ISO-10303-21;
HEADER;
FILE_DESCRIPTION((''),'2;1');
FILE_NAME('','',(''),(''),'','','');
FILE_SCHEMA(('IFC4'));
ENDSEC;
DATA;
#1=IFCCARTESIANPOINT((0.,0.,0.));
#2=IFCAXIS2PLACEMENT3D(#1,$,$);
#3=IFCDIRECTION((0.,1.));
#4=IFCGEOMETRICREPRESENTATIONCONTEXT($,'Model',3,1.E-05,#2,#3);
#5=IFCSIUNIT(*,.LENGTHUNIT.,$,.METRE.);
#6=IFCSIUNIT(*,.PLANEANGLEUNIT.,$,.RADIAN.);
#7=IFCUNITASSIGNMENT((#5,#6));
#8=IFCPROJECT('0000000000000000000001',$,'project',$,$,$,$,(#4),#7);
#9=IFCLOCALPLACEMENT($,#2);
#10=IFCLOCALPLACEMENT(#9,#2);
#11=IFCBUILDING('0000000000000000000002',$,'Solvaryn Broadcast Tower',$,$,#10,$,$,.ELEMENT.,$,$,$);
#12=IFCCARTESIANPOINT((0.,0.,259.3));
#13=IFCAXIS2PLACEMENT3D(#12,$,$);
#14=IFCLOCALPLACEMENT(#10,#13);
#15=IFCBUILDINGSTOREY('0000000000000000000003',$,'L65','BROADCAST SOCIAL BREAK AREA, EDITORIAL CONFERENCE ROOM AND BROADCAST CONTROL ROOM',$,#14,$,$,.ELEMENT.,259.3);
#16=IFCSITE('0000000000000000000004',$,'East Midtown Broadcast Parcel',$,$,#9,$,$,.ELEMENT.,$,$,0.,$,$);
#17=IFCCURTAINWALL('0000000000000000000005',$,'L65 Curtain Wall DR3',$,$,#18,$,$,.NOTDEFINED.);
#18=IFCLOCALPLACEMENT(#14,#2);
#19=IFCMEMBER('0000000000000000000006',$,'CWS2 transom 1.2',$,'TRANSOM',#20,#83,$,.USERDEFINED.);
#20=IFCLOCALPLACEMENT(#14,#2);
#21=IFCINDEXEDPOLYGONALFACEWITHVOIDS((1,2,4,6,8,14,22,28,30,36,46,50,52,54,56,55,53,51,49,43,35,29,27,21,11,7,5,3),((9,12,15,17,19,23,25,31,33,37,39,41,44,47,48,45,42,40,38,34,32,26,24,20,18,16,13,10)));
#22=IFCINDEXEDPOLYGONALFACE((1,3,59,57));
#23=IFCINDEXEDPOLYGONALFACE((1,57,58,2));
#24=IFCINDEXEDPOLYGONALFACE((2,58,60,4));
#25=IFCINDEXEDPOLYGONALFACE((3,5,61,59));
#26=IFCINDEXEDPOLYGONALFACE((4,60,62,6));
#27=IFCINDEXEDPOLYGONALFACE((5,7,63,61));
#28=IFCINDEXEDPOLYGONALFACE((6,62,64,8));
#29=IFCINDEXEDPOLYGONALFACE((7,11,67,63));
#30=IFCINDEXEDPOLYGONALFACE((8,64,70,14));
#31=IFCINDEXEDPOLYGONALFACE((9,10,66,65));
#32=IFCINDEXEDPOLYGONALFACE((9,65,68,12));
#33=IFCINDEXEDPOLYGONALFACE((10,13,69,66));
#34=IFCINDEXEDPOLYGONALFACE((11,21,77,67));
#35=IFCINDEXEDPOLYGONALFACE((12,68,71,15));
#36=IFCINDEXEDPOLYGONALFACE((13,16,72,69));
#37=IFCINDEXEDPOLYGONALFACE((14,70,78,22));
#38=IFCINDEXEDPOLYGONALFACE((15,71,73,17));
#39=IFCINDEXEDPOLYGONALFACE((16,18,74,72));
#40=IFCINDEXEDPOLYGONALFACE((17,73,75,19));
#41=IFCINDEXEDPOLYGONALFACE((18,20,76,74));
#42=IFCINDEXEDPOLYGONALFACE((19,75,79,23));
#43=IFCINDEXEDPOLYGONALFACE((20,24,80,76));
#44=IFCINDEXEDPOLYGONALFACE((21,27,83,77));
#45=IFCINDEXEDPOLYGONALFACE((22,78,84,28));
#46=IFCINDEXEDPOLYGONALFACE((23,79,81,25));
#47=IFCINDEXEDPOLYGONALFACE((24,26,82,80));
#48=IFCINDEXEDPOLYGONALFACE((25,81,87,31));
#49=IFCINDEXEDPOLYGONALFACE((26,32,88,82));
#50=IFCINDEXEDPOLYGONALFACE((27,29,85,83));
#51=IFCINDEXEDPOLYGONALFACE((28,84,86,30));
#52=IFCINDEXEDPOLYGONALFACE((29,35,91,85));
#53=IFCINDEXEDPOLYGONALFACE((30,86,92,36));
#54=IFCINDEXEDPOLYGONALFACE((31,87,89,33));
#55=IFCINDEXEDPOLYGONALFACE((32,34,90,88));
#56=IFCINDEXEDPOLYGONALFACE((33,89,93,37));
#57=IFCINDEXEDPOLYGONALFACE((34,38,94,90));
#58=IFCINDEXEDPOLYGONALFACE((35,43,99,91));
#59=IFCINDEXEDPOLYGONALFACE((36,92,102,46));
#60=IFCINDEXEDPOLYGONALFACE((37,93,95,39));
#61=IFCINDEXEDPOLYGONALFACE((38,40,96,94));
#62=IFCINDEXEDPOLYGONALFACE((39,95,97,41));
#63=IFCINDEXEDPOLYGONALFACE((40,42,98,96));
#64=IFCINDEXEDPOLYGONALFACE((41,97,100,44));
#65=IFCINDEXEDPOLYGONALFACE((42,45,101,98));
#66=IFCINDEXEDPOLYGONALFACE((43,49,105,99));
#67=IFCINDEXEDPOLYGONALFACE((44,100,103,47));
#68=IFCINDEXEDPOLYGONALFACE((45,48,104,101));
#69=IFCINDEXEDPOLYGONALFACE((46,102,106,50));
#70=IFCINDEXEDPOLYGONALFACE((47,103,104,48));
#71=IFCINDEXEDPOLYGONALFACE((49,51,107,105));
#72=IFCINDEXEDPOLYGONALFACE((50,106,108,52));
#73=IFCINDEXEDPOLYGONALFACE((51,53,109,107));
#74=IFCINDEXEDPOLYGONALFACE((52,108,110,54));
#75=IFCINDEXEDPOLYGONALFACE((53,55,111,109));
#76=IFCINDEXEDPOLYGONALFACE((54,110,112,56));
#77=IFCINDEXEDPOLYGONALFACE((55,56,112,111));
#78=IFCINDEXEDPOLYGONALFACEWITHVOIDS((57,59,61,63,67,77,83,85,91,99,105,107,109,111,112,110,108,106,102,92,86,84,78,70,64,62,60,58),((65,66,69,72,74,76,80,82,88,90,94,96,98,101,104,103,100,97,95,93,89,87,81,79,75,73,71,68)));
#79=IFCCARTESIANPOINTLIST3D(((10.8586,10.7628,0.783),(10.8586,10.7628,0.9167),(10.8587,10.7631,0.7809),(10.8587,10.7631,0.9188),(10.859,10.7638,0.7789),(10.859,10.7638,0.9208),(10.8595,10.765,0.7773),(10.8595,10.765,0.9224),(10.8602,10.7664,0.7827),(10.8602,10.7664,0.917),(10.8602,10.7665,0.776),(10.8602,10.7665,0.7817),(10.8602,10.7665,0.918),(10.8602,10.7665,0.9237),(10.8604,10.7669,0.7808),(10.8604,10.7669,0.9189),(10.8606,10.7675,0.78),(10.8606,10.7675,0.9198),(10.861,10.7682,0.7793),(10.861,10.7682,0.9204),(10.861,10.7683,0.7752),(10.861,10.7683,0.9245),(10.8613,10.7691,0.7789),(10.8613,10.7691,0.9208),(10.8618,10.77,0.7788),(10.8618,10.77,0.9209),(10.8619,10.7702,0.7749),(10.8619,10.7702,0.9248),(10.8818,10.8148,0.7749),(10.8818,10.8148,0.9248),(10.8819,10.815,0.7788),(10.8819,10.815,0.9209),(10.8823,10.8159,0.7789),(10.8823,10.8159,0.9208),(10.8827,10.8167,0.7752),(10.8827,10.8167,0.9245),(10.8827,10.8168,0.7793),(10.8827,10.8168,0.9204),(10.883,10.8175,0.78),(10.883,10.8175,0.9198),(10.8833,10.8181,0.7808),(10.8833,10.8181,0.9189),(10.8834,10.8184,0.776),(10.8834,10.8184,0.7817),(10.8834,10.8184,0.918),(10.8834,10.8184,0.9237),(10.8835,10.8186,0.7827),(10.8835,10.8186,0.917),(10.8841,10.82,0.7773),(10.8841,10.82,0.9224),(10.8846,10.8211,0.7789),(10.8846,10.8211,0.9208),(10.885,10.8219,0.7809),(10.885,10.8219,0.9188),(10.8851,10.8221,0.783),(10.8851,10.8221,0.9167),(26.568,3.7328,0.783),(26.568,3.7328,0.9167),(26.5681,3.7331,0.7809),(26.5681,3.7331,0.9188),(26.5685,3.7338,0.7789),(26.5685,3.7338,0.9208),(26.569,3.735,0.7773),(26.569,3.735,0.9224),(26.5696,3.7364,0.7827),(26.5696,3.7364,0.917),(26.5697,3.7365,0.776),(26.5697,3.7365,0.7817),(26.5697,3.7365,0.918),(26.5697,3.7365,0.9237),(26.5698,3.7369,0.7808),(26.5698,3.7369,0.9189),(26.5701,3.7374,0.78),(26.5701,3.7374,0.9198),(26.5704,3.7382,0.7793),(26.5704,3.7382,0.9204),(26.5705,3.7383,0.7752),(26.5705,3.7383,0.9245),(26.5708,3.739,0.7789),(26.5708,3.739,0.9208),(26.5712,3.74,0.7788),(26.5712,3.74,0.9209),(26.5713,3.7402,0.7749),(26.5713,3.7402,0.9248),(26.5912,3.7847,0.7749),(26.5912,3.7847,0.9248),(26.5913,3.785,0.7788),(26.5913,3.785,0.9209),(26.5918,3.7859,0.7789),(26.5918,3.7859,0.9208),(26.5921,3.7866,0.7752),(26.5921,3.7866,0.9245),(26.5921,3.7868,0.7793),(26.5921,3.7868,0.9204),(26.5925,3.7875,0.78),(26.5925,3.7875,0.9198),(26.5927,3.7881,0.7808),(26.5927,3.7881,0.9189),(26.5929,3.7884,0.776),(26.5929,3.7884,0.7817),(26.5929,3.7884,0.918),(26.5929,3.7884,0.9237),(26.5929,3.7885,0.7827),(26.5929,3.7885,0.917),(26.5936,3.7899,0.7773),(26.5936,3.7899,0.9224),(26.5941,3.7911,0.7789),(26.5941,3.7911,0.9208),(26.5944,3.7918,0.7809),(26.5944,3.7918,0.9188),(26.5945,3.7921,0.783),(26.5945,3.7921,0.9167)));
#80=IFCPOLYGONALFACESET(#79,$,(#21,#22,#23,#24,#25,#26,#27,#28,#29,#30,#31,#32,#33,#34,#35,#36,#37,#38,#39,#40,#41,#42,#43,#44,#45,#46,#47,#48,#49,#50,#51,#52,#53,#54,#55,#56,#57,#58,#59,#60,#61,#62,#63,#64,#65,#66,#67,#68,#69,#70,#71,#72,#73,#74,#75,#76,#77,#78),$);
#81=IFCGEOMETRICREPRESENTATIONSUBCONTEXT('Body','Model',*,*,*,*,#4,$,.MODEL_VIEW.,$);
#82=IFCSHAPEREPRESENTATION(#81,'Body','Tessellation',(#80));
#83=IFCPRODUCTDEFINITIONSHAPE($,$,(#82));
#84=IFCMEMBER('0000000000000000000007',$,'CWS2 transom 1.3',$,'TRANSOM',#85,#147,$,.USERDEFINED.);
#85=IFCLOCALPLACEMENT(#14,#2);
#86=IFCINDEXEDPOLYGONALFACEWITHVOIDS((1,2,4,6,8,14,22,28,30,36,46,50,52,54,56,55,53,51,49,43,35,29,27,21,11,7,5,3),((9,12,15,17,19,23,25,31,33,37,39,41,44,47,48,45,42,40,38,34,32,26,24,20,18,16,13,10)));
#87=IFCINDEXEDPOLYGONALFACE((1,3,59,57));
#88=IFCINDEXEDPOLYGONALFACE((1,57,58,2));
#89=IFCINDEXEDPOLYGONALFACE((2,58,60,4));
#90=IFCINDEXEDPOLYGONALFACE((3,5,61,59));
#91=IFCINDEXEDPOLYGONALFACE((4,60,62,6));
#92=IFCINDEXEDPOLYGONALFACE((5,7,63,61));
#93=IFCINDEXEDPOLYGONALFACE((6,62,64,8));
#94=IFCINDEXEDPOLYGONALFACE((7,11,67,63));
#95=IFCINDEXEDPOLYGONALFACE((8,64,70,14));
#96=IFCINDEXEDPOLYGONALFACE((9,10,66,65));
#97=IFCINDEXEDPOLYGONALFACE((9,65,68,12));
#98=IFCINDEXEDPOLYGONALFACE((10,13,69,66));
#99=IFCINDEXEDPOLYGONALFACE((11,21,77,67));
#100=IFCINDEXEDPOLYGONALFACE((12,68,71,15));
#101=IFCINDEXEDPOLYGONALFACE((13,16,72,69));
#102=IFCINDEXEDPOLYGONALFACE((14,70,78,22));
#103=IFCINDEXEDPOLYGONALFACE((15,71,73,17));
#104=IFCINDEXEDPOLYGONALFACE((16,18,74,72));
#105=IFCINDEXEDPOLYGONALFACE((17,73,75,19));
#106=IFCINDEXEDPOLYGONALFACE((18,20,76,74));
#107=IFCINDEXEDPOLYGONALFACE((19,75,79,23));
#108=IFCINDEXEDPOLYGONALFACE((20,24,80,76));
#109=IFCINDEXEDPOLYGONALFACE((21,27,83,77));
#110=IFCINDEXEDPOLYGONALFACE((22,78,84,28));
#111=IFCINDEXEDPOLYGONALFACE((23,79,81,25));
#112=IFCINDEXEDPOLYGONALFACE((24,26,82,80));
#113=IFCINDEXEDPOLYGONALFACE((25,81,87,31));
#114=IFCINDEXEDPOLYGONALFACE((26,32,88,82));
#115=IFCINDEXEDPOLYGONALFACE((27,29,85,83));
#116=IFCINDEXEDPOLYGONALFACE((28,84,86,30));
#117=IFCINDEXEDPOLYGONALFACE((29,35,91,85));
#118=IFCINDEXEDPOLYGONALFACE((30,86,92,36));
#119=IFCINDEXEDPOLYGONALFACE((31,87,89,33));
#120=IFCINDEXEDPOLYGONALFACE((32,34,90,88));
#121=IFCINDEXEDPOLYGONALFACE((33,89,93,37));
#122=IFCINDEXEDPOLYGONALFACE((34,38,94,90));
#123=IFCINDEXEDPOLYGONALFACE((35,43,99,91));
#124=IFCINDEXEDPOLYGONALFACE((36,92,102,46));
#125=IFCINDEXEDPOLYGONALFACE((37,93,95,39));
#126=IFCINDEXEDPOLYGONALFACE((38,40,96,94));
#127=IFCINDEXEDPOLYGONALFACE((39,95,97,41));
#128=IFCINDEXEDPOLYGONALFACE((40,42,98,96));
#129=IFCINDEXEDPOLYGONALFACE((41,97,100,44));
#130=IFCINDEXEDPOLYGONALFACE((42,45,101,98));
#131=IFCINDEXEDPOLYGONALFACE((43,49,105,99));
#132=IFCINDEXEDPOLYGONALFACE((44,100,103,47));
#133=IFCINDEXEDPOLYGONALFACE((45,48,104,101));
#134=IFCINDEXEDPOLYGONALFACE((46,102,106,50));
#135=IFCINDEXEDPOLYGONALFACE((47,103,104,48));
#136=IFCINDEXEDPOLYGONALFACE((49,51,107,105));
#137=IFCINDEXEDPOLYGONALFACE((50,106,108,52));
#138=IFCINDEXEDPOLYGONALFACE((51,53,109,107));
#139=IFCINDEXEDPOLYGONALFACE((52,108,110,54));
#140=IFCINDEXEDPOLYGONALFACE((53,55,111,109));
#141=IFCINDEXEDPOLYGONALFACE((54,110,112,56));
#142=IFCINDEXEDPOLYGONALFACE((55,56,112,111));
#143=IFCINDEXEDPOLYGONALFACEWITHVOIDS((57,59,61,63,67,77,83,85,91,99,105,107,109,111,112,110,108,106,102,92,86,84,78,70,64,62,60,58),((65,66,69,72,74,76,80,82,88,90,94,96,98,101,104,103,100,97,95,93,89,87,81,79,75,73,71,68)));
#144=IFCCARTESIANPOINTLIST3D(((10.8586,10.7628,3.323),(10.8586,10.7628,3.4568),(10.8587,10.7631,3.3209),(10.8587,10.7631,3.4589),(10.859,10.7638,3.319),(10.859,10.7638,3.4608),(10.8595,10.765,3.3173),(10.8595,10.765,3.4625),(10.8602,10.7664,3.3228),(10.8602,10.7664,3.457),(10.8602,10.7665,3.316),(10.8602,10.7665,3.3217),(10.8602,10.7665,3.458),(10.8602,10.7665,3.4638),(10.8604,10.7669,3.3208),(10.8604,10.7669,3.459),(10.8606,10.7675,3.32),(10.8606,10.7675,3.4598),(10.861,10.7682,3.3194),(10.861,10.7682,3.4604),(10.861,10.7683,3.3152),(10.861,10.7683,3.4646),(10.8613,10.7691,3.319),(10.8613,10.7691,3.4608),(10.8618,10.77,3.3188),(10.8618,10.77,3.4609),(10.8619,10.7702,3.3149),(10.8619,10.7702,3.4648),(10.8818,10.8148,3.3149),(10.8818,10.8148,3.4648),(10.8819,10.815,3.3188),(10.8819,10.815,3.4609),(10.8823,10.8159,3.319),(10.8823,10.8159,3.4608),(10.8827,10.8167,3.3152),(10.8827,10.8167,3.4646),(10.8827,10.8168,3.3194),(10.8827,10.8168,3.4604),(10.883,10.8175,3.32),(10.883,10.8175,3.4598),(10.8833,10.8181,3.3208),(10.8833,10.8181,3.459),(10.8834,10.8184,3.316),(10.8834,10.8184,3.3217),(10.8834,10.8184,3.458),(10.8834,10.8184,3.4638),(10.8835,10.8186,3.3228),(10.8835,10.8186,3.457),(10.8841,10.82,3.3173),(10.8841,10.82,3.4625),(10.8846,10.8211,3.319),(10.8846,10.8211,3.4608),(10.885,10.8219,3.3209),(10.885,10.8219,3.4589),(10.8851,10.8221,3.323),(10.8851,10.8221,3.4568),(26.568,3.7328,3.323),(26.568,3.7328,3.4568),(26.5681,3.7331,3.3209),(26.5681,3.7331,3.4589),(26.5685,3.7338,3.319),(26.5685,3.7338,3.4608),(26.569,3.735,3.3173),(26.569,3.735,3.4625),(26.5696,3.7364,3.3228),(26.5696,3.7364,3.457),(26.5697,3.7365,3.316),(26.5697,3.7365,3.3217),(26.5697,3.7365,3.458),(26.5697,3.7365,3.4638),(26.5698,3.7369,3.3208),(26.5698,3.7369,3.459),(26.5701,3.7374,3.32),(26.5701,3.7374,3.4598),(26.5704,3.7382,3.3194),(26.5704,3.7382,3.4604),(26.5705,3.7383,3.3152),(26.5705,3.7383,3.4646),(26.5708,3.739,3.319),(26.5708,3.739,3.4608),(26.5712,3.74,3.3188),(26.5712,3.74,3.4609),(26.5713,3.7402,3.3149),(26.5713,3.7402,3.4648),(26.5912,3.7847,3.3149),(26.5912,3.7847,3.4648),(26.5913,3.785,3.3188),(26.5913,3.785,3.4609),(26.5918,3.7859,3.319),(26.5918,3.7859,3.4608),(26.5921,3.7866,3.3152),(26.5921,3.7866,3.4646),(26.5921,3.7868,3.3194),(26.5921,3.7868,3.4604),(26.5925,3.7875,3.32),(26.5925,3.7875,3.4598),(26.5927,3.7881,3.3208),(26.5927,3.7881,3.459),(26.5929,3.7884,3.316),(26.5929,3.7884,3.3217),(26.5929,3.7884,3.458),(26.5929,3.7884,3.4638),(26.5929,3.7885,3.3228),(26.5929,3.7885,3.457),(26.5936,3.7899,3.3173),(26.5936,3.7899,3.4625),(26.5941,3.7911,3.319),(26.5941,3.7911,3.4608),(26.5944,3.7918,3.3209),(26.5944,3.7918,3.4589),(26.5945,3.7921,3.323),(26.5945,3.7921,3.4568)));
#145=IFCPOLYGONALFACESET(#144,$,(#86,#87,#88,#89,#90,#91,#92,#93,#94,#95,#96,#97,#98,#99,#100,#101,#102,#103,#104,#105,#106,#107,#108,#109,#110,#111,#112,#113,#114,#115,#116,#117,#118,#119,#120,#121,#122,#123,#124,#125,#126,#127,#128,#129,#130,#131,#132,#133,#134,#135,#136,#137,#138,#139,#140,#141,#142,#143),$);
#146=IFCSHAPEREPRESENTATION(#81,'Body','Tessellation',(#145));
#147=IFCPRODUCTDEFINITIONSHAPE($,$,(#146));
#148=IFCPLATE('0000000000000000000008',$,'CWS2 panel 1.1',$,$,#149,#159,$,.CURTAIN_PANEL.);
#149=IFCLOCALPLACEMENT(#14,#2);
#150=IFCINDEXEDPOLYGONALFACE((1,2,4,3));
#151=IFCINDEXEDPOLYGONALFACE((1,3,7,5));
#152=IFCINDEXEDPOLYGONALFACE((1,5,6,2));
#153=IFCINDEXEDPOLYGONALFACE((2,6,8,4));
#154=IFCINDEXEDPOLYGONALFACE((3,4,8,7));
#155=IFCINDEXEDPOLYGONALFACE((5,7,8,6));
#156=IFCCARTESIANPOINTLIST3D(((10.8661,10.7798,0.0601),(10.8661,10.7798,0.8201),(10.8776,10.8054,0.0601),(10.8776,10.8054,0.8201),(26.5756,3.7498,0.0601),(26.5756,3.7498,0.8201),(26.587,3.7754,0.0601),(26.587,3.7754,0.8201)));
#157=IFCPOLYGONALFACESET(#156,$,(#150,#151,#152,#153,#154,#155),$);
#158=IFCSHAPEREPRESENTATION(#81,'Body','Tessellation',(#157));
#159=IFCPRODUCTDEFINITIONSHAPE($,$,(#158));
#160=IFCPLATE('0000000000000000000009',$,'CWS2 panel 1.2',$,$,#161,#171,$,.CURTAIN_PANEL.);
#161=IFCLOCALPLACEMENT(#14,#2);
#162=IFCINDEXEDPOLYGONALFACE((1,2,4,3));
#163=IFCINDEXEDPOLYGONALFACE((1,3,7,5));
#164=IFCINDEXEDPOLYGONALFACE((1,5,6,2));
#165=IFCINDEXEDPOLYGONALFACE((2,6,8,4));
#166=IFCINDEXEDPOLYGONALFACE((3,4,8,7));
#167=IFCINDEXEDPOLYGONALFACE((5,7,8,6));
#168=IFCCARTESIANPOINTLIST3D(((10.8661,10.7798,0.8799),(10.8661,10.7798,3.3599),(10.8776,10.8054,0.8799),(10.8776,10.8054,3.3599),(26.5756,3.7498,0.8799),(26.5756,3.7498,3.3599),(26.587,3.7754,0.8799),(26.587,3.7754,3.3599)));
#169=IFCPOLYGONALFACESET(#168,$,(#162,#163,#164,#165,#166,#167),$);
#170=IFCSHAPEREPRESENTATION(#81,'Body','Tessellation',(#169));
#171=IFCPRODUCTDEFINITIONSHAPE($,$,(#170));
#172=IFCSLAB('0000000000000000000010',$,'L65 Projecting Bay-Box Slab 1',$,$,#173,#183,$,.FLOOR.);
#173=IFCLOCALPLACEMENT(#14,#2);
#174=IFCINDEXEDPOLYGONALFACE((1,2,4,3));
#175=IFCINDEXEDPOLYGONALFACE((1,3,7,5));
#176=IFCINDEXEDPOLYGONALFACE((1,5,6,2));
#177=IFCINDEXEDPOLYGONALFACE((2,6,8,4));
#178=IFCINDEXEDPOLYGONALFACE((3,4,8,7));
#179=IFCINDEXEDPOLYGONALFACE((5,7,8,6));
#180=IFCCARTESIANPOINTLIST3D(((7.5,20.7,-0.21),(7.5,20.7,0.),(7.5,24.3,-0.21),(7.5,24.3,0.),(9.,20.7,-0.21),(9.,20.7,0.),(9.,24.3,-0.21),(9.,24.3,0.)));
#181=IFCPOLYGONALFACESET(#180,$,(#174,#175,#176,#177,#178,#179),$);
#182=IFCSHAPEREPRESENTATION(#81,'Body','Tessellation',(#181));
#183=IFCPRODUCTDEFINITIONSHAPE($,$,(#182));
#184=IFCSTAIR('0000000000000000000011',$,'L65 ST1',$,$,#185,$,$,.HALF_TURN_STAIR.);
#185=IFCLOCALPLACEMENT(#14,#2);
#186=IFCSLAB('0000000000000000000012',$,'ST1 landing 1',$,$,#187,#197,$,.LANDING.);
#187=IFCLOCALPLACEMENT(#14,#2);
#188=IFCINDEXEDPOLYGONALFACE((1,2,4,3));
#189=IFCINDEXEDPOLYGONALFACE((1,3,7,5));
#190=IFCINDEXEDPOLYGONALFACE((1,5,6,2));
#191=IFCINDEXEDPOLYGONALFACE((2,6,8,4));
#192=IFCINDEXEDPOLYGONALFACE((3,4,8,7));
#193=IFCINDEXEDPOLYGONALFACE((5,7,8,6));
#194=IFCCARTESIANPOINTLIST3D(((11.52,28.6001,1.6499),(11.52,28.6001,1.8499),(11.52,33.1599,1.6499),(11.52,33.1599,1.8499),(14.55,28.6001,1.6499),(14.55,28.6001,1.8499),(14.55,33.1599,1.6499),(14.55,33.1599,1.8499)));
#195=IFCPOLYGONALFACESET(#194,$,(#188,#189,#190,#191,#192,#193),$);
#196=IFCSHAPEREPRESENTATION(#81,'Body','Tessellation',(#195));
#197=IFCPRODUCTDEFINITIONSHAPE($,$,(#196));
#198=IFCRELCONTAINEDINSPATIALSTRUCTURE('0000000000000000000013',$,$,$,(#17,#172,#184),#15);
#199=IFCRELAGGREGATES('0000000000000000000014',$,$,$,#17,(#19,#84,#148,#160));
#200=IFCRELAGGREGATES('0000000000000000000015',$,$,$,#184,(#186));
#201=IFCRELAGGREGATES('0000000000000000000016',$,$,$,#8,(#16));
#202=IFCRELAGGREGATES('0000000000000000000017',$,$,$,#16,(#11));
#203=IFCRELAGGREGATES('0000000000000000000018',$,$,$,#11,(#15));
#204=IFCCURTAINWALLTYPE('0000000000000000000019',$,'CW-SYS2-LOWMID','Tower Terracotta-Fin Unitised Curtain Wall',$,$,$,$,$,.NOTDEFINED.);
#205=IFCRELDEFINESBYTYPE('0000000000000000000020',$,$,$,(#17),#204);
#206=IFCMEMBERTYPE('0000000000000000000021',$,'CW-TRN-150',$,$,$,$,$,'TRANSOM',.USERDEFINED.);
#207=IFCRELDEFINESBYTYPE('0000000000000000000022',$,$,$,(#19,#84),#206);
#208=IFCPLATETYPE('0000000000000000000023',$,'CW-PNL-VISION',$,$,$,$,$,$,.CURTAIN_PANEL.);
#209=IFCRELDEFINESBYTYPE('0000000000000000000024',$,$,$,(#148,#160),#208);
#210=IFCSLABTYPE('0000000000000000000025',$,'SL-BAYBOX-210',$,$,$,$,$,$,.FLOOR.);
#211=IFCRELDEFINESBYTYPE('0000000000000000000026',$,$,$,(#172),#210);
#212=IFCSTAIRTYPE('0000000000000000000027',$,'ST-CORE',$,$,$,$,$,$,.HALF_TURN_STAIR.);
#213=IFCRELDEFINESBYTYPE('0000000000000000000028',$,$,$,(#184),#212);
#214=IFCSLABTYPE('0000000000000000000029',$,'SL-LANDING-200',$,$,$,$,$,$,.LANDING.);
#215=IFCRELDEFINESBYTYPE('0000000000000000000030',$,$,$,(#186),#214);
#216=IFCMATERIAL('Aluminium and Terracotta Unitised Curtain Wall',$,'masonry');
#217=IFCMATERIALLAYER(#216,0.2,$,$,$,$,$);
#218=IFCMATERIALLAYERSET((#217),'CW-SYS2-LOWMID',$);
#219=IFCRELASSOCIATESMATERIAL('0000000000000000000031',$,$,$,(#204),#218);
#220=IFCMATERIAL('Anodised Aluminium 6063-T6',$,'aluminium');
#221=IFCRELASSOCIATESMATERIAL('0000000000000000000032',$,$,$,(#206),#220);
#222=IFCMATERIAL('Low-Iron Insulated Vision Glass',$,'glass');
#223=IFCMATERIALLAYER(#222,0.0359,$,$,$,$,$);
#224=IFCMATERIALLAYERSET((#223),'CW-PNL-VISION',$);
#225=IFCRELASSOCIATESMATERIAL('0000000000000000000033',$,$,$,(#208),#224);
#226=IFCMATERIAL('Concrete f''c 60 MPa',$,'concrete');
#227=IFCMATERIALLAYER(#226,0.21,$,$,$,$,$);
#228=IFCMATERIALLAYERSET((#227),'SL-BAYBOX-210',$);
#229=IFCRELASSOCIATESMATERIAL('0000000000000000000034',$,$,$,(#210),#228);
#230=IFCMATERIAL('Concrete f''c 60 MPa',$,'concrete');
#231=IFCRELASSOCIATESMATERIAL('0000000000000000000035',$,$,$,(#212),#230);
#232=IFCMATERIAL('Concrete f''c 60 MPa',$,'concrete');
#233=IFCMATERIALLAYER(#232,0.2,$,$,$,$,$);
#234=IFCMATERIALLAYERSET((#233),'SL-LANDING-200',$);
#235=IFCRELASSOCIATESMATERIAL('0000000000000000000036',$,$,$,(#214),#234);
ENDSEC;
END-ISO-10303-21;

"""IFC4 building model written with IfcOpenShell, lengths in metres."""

from ifc_helpers import new_model, si_unit, direction, frame, origin, origin_2d, place, context, subcontext, project, spatial, polyline, rectangle, hollow_rectangle, outline, extrude, material, layer, layer_set, material_profile, profile_set, type_object, element, aggregate, save


model = new_model("IFC4")

# Units and contexts
model_context = context("Model", 3, precision=1e-05, world=origin(), true_north=direction((0.0, 1.0)))
body_context = subcontext(model_context, "Body", "Model", "MODEL_VIEW")
ifc_project = project(units=[si_unit("LENGTHUNIT", "METRE"), si_unit("PLANEANGLEUNIT", "RADIAN")], contexts=[model_context])

# Site, building, storey
site_placement = place(None, origin())
site = spatial("IfcSite", under=ifc_project, at=site_placement, Name="East Midtown Broadcast Parcel", CompositionType="ELEMENT", RefElevation=0.0)
building_placement = place(site_placement, origin())
building = spatial("IfcBuilding", under=site, at=building_placement, Name="Solvaryn Broadcast Tower", CompositionType="ELEMENT")
storey_placement = place(building_placement, frame((0.0, 0.0, 259.3)))
storey = spatial("IfcBuildingStorey", under=building, at=storey_placement, Name="L65", Description="BROADCAST SOCIAL BREAK AREA, EDITORIAL CONFERENCE ROOM AND BROADCAST CONTROL ROOM", CompositionType="ELEMENT", Elevation=259.3)

# Shared definitions
ifc_material_1 = material(Name="Aluminium and Terracotta Unitised Curtain Wall", Category="masonry")
ifc_layer_1 = layer(ifc_material_1, 0.2)
ifc_layer_set_1 = layer_set([ifc_layer_1], Name="CW-SYS2-LOWMID")
curtain_wall_type = type_object("IfcCurtainWallType", Name="CW-SYS2-LOWMID", Description="Tower Terracotta-Fin Unitised Curtain Wall", PredefinedType="NOTDEFINED", material=ifc_layer_set_1)

# Curtain wall, members, plates
curtain_wall_1_placement = place(storey_placement, origin())
curtain_wall_1 = element("IfcCurtainWall", 1, at=curtain_wall_1_placement, inside=storey, type_object=curtain_wall_type, Name="L65 Curtain Wall DR3", PredefinedType="NOTDEFINED")
ifc_material_2 = material(Name="Anodised Aluminium 6063-T6", Category="aluminium")
ifc_material_profile_1 = material_profile(ifc_material_2, hollow_rectangle(XDim=0.0649, YDim=0.1499, WallThickness=0.0039, InnerFilletRadius=0.0039, OuterFilletRadius=0.0081, at=origin_2d()))
ifc_profile_set_1 = profile_set([ifc_material_profile_1], Name="Anodised Aluminium 6063-T6")
member_type_1 = type_object("IfcMemberType", Name="CW-TRN-150", ElementType="TRANSOM", PredefinedType="USERDEFINED", material=ifc_profile_set_1)
member_1_placement = place(storey_placement, frame((10.8718, 10.7925, 0.8499), z_axis=(0.912773, -0.408468, 0.0), x_axis=(0.408468, 0.912773, 0.0)))
member_1 = element("IfcMember", 2, at=member_1_placement, type_object=member_type_1, Name="CWS2 transom 1.2", ObjectType="TRANSOM", PredefinedType="USERDEFINED", context=body_context, shape_type="SweptSolid", body=[
    extrude(hollow_rectangle(XDim=0.0649, YDim=0.1499, WallThickness=0.0039, InnerFilletRadius=0.0039, OuterFilletRadius=0.0081, at=origin_2d()), origin(), (0.0, 0.0, 1.0), 17.2107),
])
member_2_placement = place(storey_placement, frame((10.8718, 10.7925, 3.3899), z_axis=(0.912773, -0.408468, 0.0), x_axis=(0.408468, 0.912773, 0.0)))
member_2 = element("IfcMember", 3, at=member_2_placement, type_object=member_type_1, Name="CWS2 transom 1.3", ObjectType="TRANSOM", PredefinedType="USERDEFINED", context=body_context, shape_type="SweptSolid", body=[
    extrude(hollow_rectangle(XDim=0.0649, YDim=0.1499, WallThickness=0.0039, InnerFilletRadius=0.0039, OuterFilletRadius=0.0081, at=origin_2d()), origin(), (0.0, 0.0, 1.0), 17.2107),
])
ifc_material_3 = material(Name="Low-Iron Insulated Vision Glass", Category="glass")
ifc_layer_2 = layer(ifc_material_3, 0.0359)
ifc_layer_set_2 = layer_set([ifc_layer_2], Name="CW-PNL-VISION")
plate_type = type_object("IfcPlateType", Name="CW-PNL-VISION", PredefinedType="CURTAIN_PANEL", material=ifc_layer_set_2)
plate_1_placement = place(storey_placement, frame((18.7266, 7.2776, 0.0601), z_axis=(0.0, 0.0, 1.0), x_axis=(0.912774, -0.408466, 0.0)))
plate_1 = element("IfcPlate", 4, at=plate_1_placement, type_object=plate_type, Name="CWS2 panel 1.1", PredefinedType="CURTAIN_PANEL", context=body_context, shape_type="SweptSolid", body=[
    extrude(rectangle(XDim=17.2107, YDim=0.0281, at=origin_2d()), origin(), (0.0, 0.0, 1.0), 0.76),
])
plate_2_placement = place(storey_placement, frame((18.7266, 7.2776, 0.8799), z_axis=(0.0, 0.0, 1.0), x_axis=(0.912774, -0.408466, 0.0)))
plate_2 = element("IfcPlate", 5, at=plate_2_placement, type_object=plate_type, Name="CWS2 panel 1.2", PredefinedType="CURTAIN_PANEL", context=body_context, shape_type="SweptSolid", body=[
    extrude(rectangle(XDim=17.2107, YDim=0.0281, at=origin_2d()), origin(), (0.0, 0.0, 1.0), 2.48),
])
aggregate(curtain_wall_1, [member_1, member_2, plate_1, plate_2])

# Slab
ifc_material_4 = material(Name="Concrete f'c 60 MPa", Category="concrete")
ifc_layer_3 = layer(ifc_material_4, 0.21)
ifc_layer_set_3 = layer_set([ifc_layer_3], Name="SL-BAYBOX-210")
slab_type_1 = type_object("IfcSlabType", Name="SL-BAYBOX-210", PredefinedType="FLOOR", material=ifc_layer_set_3)
slab_1_placement = place(storey_placement, frame((0.0, 0.0, -0.21)))
element("IfcSlab", 6, at=slab_1_placement, inside=storey, type_object=slab_type_1, Name="L65 Projecting Bay-Box Slab 1", PredefinedType="FLOOR", context=body_context, shape_type="SweptSolid", body=[
    extrude(outline(polyline([(7.5, 20.7), (9.0, 20.7), (9.0, 24.3), (7.5, 24.3), (7.5, 20.7)])), origin(), (0.0, 0.0, 1.0), 0.21),
])

# Stair, slab
ifc_material_5 = material(Name="Concrete f'c 60 MPa", Category="concrete")
stair_type = type_object("IfcStairType", Name="ST-CORE", PredefinedType="HALF_TURN_STAIR", material=ifc_material_5)
stair_1_placement = place(storey_placement, origin())
stair_1 = element("IfcStair", 7, at=stair_1_placement, inside=storey, type_object=stair_type, Name="L65 ST1", PredefinedType="HALF_TURN_STAIR")
ifc_material_6 = material(Name="Concrete f'c 60 MPa", Category="concrete")
ifc_layer_4 = layer(ifc_material_6, 0.2)
ifc_layer_set_4 = layer_set([ifc_layer_4], Name="SL-LANDING-200")
slab_type_2 = type_object("IfcSlabType", Name="SL-LANDING-200", PredefinedType="LANDING", material=ifc_layer_set_4)
slab_2_placement = place(storey_placement, frame((0.0, 0.0, 1.6499)))
slab_2 = element("IfcSlab", 8, at=slab_2_placement, type_object=slab_type_2, Name="ST1 landing 1", PredefinedType="LANDING", context=body_context, shape_type="SweptSolid", body=[
    extrude(outline(polyline([(11.52, 33.1599), (11.52, 28.6001), (14.55, 28.6001), (14.55, 33.1599), (11.52, 33.1599)])), origin(), (0.0, 0.0, 1.0), 0.2),
])
aggregate(stair_1, [slab_2])

save(model, "model.ifc")
